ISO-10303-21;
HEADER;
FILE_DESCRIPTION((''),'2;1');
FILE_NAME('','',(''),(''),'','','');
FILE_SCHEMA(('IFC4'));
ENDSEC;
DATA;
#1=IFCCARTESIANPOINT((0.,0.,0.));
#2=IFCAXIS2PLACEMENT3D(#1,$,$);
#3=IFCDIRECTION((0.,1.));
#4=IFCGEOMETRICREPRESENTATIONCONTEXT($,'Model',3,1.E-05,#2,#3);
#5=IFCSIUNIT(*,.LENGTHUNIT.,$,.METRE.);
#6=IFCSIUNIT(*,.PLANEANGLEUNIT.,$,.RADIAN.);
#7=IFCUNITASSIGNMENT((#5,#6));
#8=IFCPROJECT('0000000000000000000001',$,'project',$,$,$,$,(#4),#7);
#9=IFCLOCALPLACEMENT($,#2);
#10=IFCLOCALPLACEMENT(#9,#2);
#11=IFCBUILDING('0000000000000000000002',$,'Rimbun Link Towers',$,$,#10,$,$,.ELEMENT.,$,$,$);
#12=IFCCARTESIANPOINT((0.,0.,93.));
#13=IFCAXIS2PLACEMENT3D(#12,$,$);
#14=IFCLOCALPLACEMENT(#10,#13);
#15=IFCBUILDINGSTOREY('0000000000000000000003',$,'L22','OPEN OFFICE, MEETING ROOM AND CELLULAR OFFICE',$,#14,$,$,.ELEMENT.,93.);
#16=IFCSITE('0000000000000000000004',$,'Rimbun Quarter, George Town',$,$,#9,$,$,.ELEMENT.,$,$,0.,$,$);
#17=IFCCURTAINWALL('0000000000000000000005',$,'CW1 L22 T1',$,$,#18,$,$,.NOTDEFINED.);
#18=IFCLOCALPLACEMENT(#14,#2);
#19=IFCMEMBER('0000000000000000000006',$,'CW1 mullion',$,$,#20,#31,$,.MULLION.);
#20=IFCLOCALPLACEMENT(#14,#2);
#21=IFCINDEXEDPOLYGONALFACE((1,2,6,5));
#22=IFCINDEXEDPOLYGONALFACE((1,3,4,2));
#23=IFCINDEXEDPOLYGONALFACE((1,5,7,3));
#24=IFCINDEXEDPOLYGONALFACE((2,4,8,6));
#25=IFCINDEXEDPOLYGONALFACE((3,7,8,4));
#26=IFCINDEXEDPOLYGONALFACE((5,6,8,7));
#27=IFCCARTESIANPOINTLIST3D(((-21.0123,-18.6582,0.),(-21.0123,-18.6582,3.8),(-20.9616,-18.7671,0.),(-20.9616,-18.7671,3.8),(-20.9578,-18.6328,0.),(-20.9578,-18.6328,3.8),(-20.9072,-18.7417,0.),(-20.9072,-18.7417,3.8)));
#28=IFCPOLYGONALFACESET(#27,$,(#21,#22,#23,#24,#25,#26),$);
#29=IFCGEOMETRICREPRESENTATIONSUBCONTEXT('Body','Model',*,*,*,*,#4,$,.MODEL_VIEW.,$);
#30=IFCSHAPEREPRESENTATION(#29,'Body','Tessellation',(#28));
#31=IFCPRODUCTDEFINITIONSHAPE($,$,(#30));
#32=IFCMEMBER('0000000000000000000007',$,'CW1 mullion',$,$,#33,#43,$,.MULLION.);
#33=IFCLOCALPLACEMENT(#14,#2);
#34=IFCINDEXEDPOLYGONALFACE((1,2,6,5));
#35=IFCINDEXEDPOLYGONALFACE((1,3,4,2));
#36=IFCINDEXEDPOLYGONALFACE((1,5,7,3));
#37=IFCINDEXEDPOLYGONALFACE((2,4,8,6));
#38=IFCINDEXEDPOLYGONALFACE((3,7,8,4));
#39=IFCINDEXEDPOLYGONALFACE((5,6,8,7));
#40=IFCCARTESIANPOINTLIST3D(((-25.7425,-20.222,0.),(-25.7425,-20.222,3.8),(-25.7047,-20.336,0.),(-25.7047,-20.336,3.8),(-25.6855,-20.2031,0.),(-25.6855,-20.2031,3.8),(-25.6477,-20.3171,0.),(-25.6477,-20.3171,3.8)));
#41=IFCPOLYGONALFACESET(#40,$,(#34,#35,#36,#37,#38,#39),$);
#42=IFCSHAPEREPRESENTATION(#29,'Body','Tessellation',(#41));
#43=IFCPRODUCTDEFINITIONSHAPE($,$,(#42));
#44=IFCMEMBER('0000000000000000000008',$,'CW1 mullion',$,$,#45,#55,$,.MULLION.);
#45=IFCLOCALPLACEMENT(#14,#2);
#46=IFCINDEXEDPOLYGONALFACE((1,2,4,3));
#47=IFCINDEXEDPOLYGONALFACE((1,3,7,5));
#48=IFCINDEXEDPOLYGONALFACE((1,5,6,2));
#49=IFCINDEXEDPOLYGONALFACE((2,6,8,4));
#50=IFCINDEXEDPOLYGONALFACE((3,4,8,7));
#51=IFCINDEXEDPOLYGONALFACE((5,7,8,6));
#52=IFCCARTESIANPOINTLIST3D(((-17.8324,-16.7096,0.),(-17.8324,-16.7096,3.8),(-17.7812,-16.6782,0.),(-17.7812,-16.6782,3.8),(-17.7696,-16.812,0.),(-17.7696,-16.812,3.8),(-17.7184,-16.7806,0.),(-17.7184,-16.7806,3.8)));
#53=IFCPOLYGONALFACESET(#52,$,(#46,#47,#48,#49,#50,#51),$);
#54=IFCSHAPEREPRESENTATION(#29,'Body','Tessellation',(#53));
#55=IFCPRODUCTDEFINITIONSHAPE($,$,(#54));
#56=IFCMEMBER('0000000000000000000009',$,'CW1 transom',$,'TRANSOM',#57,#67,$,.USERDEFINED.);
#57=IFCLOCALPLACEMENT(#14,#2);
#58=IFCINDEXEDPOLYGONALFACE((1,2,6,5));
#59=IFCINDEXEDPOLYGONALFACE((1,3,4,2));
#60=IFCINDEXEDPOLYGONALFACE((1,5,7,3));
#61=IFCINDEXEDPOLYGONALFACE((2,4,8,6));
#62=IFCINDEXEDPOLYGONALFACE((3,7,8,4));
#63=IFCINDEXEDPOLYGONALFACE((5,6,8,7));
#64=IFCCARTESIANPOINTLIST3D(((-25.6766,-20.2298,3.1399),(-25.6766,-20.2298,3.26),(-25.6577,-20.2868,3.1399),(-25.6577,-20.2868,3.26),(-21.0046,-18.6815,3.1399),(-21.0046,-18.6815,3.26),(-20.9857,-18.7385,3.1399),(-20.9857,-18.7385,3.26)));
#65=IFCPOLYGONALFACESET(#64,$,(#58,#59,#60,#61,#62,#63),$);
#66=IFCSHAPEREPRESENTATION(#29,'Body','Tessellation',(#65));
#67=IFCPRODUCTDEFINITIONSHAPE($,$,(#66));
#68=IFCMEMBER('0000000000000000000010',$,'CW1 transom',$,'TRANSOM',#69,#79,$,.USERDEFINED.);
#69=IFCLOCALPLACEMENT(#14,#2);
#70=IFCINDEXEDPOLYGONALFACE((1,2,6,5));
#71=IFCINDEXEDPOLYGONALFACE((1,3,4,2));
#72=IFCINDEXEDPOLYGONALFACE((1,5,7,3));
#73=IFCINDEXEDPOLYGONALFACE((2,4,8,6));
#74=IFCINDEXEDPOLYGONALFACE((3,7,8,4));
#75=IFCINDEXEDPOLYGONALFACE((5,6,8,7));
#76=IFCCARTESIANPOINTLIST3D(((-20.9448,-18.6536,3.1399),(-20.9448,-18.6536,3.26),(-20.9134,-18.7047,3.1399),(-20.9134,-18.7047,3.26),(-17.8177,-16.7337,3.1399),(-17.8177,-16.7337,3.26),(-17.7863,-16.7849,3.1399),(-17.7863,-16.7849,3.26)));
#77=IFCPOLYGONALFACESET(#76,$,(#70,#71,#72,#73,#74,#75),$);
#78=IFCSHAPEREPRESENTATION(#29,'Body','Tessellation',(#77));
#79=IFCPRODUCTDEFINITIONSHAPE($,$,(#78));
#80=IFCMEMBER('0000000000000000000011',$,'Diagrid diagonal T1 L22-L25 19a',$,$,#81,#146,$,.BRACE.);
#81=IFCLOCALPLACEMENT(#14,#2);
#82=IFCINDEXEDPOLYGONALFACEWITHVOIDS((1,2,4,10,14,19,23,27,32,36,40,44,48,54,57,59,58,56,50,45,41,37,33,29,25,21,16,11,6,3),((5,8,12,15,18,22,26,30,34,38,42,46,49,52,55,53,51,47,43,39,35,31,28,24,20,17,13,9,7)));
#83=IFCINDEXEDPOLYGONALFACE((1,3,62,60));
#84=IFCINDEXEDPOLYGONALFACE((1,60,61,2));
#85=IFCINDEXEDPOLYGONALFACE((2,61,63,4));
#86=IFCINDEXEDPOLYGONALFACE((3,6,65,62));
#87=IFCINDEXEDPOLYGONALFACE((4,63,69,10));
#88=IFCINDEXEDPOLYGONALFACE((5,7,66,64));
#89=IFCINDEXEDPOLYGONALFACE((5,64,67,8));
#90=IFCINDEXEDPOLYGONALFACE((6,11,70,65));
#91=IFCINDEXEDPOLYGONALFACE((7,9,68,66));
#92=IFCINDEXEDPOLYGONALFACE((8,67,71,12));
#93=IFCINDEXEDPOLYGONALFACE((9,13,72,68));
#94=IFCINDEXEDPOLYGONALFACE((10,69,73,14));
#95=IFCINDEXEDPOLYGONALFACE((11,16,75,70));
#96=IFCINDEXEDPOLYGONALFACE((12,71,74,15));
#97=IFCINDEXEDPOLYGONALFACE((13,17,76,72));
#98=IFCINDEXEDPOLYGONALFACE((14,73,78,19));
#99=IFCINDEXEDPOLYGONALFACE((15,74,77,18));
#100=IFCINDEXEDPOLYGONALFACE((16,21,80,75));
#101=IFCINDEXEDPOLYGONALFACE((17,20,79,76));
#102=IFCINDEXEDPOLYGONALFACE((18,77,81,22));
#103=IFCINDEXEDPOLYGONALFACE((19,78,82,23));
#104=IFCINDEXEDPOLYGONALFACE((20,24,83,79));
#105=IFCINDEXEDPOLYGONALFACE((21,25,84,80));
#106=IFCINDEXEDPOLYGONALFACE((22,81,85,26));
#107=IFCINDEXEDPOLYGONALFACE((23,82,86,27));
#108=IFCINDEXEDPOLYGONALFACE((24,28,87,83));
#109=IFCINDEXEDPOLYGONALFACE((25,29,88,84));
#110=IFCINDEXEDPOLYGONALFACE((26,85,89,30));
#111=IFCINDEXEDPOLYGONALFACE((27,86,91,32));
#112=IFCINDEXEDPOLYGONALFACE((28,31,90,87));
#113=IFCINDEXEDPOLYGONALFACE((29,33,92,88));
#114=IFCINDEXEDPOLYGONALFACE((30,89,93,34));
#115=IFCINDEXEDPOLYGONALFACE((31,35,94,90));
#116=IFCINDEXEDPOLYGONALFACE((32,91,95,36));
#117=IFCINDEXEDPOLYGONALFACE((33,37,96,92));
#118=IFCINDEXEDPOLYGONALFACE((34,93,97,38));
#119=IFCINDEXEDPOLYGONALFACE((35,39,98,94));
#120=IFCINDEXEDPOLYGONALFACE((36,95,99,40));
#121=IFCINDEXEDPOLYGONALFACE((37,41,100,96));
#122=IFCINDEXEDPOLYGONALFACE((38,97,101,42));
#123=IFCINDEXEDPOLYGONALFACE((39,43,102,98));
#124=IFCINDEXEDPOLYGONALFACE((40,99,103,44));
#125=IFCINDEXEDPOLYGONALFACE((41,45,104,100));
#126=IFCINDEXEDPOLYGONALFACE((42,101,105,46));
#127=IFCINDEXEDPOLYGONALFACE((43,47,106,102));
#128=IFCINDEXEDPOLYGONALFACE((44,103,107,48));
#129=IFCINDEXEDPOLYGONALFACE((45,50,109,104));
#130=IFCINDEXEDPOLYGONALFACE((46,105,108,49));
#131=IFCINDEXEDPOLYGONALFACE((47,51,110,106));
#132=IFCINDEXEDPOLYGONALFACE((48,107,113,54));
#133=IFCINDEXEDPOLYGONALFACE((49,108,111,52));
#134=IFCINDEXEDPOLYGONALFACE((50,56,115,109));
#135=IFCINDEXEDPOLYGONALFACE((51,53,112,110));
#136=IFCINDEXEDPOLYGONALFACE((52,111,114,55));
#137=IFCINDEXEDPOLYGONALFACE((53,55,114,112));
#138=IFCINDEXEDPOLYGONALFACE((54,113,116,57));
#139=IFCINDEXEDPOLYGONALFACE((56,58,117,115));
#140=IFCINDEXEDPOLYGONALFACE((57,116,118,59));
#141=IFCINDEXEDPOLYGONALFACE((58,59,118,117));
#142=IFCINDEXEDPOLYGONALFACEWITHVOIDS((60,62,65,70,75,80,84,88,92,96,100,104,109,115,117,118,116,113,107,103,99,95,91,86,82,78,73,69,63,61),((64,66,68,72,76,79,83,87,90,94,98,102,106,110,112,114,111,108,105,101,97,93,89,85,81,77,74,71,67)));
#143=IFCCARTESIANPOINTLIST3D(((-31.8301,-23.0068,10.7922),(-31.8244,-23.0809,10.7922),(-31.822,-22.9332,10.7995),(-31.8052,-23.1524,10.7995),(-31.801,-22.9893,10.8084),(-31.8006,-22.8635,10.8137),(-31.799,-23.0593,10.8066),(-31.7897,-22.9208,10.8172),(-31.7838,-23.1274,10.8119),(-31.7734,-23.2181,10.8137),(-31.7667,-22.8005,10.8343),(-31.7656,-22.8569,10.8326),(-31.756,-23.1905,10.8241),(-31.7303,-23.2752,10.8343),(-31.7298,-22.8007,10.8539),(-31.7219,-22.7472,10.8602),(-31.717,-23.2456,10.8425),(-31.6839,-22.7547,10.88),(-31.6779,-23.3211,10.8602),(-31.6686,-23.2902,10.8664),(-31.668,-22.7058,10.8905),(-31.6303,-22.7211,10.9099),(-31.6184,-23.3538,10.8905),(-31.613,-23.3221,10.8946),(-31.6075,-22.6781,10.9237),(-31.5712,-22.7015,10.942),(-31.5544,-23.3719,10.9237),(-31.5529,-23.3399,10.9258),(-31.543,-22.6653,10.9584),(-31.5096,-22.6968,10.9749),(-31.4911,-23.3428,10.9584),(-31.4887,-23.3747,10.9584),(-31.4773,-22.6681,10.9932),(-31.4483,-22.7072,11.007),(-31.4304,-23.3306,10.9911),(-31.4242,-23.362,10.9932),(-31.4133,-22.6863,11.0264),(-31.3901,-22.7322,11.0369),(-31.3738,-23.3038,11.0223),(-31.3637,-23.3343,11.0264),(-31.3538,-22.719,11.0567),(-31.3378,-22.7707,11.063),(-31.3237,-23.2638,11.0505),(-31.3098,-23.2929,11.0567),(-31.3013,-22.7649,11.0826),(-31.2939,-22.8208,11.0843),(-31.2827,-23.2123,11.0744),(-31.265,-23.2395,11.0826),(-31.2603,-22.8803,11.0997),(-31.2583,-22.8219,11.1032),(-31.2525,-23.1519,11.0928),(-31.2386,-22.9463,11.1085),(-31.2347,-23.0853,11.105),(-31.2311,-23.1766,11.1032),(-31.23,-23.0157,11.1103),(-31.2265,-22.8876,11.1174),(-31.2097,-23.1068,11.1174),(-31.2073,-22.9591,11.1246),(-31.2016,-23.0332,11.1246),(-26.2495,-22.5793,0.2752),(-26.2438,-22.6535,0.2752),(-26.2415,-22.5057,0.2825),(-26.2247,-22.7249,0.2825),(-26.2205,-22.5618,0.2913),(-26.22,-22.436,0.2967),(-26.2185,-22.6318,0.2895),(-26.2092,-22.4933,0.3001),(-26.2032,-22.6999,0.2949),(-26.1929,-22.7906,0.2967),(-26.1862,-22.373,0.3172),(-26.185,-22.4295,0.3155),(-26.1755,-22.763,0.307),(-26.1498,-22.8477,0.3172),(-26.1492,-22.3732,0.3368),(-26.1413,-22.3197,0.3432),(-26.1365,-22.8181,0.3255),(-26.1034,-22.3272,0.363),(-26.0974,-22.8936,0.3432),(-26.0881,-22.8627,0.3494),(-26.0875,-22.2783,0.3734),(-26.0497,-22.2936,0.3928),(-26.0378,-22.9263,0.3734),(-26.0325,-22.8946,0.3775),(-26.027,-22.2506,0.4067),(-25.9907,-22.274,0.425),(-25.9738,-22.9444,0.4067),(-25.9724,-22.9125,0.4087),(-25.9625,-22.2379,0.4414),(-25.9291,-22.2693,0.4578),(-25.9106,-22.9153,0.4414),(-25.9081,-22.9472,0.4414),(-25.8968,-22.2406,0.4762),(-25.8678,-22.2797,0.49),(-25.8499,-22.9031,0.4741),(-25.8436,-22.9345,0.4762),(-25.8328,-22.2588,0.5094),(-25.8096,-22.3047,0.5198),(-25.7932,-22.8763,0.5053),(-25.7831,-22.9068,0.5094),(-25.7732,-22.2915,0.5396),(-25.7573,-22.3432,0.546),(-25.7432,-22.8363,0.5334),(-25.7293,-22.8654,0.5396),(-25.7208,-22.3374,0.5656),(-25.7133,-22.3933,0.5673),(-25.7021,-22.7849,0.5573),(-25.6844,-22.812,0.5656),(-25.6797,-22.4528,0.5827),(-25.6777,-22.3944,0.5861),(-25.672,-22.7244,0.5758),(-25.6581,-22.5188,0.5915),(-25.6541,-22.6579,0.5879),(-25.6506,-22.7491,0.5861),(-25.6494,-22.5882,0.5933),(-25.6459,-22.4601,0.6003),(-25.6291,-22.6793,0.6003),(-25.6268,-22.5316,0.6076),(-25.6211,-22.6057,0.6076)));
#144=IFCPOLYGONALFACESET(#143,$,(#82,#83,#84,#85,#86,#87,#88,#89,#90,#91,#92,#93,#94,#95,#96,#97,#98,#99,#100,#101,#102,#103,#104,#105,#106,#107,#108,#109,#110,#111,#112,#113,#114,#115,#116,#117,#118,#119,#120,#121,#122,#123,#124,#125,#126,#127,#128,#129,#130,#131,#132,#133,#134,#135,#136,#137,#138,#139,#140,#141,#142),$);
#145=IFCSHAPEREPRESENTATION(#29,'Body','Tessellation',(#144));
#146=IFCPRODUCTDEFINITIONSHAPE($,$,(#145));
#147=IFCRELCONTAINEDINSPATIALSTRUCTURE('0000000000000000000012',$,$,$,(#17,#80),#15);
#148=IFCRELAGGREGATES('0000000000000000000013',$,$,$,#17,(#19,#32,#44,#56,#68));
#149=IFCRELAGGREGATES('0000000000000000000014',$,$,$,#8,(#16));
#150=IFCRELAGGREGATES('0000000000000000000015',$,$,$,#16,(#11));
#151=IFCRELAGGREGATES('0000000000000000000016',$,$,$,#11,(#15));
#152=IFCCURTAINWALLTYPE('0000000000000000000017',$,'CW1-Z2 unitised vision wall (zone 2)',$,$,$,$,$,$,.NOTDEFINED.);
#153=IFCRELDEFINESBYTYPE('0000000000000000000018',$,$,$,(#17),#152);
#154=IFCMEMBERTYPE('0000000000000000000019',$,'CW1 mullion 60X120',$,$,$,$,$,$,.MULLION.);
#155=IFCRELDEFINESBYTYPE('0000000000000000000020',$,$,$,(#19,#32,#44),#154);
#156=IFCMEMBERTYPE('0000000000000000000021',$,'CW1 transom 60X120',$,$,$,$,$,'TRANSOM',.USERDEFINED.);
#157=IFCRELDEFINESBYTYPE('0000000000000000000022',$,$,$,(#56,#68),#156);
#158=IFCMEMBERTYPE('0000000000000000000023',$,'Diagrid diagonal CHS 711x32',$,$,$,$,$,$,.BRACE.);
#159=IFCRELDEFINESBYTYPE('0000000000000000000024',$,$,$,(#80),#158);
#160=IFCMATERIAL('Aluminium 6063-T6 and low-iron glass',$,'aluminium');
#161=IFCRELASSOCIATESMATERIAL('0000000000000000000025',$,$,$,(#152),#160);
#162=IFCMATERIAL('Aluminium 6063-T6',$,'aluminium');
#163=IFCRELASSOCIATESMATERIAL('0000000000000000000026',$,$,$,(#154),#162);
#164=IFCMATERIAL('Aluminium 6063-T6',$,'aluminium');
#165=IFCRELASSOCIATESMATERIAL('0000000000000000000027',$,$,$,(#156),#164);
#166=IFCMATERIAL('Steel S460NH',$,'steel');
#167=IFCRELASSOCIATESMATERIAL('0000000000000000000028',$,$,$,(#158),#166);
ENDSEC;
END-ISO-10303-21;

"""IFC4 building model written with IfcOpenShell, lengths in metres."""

from ifc_helpers import new_model, si_unit, direction, frame, origin, origin_2d, place, context, subcontext, project, spatial, rectangle, hollow_circle, extrude, material, material_profile, profile_set, type_object, element, aggregate, save


model = new_model("IFC4")

# Units and contexts
model_context = context("Model", 3, precision=1e-05, world=origin(), true_north=direction((0.0, 1.0)))
body_context = subcontext(model_context, "Body", "Model", "MODEL_VIEW")
ifc_project = project(units=[si_unit("LENGTHUNIT", "METRE"), si_unit("PLANEANGLEUNIT", "RADIAN")], contexts=[model_context])

# Site, building, storey
site_placement = place(None, origin())
site = spatial("IfcSite", under=ifc_project, at=site_placement, Name="Rimbun Quarter, George Town", CompositionType="ELEMENT", RefElevation=0.0)
building_placement = place(site_placement, origin())
building = spatial("IfcBuilding", under=site, at=building_placement, Name="Rimbun Link Towers", CompositionType="ELEMENT")
storey_placement = place(building_placement, frame((0.0, 0.0, 93.0)))
storey = spatial("IfcBuildingStorey", under=building, at=storey_placement, Name="L22", Description="OPEN OFFICE, MEETING ROOM AND CELLULAR OFFICE", CompositionType="ELEMENT", Elevation=93.0)

# Curtain wall, members
ifc_material_1 = material(Name="Aluminium 6063-T6 and low-iron glass", Category="aluminium")
curtain_wall_type = type_object("IfcCurtainWallType", Name="CW1-Z2 unitised vision wall (zone 2)", PredefinedType="NOTDEFINED", material=ifc_material_1)
curtain_wall_placement = place(storey_placement, origin())
curtain_wall = element("IfcCurtainWall", 1, at=curtain_wall_placement, inside=storey, type_object=curtain_wall_type, Name="CW1 L22 T1", PredefinedType="NOTDEFINED")
ifc_material_2 = material(Name="Aluminium 6063-T6", Category="aluminium")
ifc_material_profile_1 = material_profile(ifc_material_2, rectangle(XDim=0.1201, YDim=0.0601, at=origin_2d()), Name="MULLION 60X120")
ifc_profile_set_1 = profile_set([ifc_material_profile_1], Name="Aluminium 6063-T6")
member_type_1 = type_object("IfcMemberType", Name="CW1 mullion 60X120", PredefinedType="MULLION", material=ifc_profile_set_1)
member_1_placement = place(storey_placement, frame((-20.9597, -18.7, 0.0), z_axis=(0.0, 0.0, 1.0), x_axis=(0.421699, -0.906736, 0.0)))
member_1 = element("IfcMember", 2, at=member_1_placement, type_object=member_type_1, Name="CW1 mullion", PredefinedType="MULLION", context=body_context, shape_type="SweptSolid", body=[
    extrude(rectangle(XDim=0.1201, YDim=0.0601, at=origin_2d()), origin(), (0.0, 0.0, 1.0), 3.8),
])
member_2_placement = place(storey_placement, frame((-25.6951, -20.2695, 0.0), z_axis=(0.0, 0.0, 1.0), x_axis=(0.314556, -0.949239, 0.0)))
member_2 = element("IfcMember", 3, at=member_2_placement, type_object=member_type_1, Name="CW1 mullion", PredefinedType="MULLION", context=body_context, shape_type="SweptSolid", body=[
    extrude(rectangle(XDim=0.1201, YDim=0.0601, at=origin_2d()), origin(), (0.0, 0.0, 1.0), 3.8),
])
member_3_placement = place(storey_placement, frame((-17.7754, -16.7451, 0.0), z_axis=(0.0, 0.0, 1.0), x_axis=(0.523239, -0.852186, 0.0)))
member_3 = element("IfcMember", 4, at=member_3_placement, type_object=member_type_1, Name="CW1 mullion", PredefinedType="MULLION", context=body_context, shape_type="SweptSolid", body=[
    extrude(rectangle(XDim=0.1201, YDim=0.0601, at=origin_2d()), origin(), (0.0, 0.0, 1.0), 3.8),
])
ifc_material_3 = material(Name="Aluminium 6063-T6", Category="aluminium")
ifc_material_profile_2 = material_profile(ifc_material_3, rectangle(XDim=0.0601, YDim=0.1201, at=origin_2d()), Name="TRANSOM 60X120")
ifc_profile_set_2 = profile_set([ifc_material_profile_2], Name="Aluminium 6063-T6")
member_type_2 = type_object("IfcMemberType", Name="CW1 transom 60X120", ElementType="TRANSOM", PredefinedType="USERDEFINED", material=ifc_profile_set_2)
member_4_placement = place(storey_placement, frame((-20.9951, -18.71, 3.2), z_axis=(-0.949232, -0.314576, 0.0), x_axis=(0.314576, -0.949232, 0.0)))
member_4 = element("IfcMember", 5, at=member_4_placement, type_object=member_type_2, Name="CW1 transom", ObjectType="TRANSOM", PredefinedType="USERDEFINED", context=body_context, shape_type="SweptSolid", body=[
    extrude(rectangle(XDim=0.0601, YDim=0.1201, at=origin_2d()), origin(), (0.0, 0.0, 1.0), 4.9219),
])
member_5_placement = place(storey_placement, frame((-17.802, -16.7593, 3.2), z_axis=(-0.852206, -0.523206, 0.0), x_axis=(0.523206, -0.852206, 0.0)))
member_5 = element("IfcMember", 6, at=member_5_placement, type_object=member_type_2, Name="CW1 transom", ObjectType="TRANSOM", PredefinedType="USERDEFINED", context=body_context, shape_type="SweptSolid", body=[
    extrude(rectangle(XDim=0.0601, YDim=0.1201, at=origin_2d()), origin(), (0.0, 0.0, 1.0), 3.6694),
])

# Member
ifc_material_4 = material(Name="Steel S460NH", Category="steel")
ifc_material_profile_3 = material_profile(ifc_material_4, hollow_circle(Radius=0.3557, WallThickness=0.032, at=origin_2d()), Name="Diagrid diagonal CHS 711x32")
ifc_profile_set_3 = profile_set([ifc_material_profile_3], Name="Steel S460NH")
member_type_3 = type_object("IfcMemberType", Name="Diagrid diagonal CHS 711x32", PredefinedType="BRACE", material=ifc_profile_set_3)
member_6_placement = place(storey_placement, frame((-25.9353, -22.5925, 0.4414), z_axis=(-0.468419, -0.035882, 0.882778), x_axis=(0.07638, -0.997079, 0.0)))
element("IfcMember", 7, at=member_6_placement, inside=storey, type_object=member_type_3, Name="Diagrid diagonal T1 L22-L25 19a", PredefinedType="BRACE", context=body_context, shape_type="SweptSolid", body=[
    extrude(hollow_circle(Radius=0.3557, WallThickness=0.032, at=origin_2d()), origin(), (0.0, 0.0, 1.0), 11.9136),
])

aggregate(curtain_wall, [member_1, member_2, member_3, member_4, member_5])

save(model, "model.ifc")
